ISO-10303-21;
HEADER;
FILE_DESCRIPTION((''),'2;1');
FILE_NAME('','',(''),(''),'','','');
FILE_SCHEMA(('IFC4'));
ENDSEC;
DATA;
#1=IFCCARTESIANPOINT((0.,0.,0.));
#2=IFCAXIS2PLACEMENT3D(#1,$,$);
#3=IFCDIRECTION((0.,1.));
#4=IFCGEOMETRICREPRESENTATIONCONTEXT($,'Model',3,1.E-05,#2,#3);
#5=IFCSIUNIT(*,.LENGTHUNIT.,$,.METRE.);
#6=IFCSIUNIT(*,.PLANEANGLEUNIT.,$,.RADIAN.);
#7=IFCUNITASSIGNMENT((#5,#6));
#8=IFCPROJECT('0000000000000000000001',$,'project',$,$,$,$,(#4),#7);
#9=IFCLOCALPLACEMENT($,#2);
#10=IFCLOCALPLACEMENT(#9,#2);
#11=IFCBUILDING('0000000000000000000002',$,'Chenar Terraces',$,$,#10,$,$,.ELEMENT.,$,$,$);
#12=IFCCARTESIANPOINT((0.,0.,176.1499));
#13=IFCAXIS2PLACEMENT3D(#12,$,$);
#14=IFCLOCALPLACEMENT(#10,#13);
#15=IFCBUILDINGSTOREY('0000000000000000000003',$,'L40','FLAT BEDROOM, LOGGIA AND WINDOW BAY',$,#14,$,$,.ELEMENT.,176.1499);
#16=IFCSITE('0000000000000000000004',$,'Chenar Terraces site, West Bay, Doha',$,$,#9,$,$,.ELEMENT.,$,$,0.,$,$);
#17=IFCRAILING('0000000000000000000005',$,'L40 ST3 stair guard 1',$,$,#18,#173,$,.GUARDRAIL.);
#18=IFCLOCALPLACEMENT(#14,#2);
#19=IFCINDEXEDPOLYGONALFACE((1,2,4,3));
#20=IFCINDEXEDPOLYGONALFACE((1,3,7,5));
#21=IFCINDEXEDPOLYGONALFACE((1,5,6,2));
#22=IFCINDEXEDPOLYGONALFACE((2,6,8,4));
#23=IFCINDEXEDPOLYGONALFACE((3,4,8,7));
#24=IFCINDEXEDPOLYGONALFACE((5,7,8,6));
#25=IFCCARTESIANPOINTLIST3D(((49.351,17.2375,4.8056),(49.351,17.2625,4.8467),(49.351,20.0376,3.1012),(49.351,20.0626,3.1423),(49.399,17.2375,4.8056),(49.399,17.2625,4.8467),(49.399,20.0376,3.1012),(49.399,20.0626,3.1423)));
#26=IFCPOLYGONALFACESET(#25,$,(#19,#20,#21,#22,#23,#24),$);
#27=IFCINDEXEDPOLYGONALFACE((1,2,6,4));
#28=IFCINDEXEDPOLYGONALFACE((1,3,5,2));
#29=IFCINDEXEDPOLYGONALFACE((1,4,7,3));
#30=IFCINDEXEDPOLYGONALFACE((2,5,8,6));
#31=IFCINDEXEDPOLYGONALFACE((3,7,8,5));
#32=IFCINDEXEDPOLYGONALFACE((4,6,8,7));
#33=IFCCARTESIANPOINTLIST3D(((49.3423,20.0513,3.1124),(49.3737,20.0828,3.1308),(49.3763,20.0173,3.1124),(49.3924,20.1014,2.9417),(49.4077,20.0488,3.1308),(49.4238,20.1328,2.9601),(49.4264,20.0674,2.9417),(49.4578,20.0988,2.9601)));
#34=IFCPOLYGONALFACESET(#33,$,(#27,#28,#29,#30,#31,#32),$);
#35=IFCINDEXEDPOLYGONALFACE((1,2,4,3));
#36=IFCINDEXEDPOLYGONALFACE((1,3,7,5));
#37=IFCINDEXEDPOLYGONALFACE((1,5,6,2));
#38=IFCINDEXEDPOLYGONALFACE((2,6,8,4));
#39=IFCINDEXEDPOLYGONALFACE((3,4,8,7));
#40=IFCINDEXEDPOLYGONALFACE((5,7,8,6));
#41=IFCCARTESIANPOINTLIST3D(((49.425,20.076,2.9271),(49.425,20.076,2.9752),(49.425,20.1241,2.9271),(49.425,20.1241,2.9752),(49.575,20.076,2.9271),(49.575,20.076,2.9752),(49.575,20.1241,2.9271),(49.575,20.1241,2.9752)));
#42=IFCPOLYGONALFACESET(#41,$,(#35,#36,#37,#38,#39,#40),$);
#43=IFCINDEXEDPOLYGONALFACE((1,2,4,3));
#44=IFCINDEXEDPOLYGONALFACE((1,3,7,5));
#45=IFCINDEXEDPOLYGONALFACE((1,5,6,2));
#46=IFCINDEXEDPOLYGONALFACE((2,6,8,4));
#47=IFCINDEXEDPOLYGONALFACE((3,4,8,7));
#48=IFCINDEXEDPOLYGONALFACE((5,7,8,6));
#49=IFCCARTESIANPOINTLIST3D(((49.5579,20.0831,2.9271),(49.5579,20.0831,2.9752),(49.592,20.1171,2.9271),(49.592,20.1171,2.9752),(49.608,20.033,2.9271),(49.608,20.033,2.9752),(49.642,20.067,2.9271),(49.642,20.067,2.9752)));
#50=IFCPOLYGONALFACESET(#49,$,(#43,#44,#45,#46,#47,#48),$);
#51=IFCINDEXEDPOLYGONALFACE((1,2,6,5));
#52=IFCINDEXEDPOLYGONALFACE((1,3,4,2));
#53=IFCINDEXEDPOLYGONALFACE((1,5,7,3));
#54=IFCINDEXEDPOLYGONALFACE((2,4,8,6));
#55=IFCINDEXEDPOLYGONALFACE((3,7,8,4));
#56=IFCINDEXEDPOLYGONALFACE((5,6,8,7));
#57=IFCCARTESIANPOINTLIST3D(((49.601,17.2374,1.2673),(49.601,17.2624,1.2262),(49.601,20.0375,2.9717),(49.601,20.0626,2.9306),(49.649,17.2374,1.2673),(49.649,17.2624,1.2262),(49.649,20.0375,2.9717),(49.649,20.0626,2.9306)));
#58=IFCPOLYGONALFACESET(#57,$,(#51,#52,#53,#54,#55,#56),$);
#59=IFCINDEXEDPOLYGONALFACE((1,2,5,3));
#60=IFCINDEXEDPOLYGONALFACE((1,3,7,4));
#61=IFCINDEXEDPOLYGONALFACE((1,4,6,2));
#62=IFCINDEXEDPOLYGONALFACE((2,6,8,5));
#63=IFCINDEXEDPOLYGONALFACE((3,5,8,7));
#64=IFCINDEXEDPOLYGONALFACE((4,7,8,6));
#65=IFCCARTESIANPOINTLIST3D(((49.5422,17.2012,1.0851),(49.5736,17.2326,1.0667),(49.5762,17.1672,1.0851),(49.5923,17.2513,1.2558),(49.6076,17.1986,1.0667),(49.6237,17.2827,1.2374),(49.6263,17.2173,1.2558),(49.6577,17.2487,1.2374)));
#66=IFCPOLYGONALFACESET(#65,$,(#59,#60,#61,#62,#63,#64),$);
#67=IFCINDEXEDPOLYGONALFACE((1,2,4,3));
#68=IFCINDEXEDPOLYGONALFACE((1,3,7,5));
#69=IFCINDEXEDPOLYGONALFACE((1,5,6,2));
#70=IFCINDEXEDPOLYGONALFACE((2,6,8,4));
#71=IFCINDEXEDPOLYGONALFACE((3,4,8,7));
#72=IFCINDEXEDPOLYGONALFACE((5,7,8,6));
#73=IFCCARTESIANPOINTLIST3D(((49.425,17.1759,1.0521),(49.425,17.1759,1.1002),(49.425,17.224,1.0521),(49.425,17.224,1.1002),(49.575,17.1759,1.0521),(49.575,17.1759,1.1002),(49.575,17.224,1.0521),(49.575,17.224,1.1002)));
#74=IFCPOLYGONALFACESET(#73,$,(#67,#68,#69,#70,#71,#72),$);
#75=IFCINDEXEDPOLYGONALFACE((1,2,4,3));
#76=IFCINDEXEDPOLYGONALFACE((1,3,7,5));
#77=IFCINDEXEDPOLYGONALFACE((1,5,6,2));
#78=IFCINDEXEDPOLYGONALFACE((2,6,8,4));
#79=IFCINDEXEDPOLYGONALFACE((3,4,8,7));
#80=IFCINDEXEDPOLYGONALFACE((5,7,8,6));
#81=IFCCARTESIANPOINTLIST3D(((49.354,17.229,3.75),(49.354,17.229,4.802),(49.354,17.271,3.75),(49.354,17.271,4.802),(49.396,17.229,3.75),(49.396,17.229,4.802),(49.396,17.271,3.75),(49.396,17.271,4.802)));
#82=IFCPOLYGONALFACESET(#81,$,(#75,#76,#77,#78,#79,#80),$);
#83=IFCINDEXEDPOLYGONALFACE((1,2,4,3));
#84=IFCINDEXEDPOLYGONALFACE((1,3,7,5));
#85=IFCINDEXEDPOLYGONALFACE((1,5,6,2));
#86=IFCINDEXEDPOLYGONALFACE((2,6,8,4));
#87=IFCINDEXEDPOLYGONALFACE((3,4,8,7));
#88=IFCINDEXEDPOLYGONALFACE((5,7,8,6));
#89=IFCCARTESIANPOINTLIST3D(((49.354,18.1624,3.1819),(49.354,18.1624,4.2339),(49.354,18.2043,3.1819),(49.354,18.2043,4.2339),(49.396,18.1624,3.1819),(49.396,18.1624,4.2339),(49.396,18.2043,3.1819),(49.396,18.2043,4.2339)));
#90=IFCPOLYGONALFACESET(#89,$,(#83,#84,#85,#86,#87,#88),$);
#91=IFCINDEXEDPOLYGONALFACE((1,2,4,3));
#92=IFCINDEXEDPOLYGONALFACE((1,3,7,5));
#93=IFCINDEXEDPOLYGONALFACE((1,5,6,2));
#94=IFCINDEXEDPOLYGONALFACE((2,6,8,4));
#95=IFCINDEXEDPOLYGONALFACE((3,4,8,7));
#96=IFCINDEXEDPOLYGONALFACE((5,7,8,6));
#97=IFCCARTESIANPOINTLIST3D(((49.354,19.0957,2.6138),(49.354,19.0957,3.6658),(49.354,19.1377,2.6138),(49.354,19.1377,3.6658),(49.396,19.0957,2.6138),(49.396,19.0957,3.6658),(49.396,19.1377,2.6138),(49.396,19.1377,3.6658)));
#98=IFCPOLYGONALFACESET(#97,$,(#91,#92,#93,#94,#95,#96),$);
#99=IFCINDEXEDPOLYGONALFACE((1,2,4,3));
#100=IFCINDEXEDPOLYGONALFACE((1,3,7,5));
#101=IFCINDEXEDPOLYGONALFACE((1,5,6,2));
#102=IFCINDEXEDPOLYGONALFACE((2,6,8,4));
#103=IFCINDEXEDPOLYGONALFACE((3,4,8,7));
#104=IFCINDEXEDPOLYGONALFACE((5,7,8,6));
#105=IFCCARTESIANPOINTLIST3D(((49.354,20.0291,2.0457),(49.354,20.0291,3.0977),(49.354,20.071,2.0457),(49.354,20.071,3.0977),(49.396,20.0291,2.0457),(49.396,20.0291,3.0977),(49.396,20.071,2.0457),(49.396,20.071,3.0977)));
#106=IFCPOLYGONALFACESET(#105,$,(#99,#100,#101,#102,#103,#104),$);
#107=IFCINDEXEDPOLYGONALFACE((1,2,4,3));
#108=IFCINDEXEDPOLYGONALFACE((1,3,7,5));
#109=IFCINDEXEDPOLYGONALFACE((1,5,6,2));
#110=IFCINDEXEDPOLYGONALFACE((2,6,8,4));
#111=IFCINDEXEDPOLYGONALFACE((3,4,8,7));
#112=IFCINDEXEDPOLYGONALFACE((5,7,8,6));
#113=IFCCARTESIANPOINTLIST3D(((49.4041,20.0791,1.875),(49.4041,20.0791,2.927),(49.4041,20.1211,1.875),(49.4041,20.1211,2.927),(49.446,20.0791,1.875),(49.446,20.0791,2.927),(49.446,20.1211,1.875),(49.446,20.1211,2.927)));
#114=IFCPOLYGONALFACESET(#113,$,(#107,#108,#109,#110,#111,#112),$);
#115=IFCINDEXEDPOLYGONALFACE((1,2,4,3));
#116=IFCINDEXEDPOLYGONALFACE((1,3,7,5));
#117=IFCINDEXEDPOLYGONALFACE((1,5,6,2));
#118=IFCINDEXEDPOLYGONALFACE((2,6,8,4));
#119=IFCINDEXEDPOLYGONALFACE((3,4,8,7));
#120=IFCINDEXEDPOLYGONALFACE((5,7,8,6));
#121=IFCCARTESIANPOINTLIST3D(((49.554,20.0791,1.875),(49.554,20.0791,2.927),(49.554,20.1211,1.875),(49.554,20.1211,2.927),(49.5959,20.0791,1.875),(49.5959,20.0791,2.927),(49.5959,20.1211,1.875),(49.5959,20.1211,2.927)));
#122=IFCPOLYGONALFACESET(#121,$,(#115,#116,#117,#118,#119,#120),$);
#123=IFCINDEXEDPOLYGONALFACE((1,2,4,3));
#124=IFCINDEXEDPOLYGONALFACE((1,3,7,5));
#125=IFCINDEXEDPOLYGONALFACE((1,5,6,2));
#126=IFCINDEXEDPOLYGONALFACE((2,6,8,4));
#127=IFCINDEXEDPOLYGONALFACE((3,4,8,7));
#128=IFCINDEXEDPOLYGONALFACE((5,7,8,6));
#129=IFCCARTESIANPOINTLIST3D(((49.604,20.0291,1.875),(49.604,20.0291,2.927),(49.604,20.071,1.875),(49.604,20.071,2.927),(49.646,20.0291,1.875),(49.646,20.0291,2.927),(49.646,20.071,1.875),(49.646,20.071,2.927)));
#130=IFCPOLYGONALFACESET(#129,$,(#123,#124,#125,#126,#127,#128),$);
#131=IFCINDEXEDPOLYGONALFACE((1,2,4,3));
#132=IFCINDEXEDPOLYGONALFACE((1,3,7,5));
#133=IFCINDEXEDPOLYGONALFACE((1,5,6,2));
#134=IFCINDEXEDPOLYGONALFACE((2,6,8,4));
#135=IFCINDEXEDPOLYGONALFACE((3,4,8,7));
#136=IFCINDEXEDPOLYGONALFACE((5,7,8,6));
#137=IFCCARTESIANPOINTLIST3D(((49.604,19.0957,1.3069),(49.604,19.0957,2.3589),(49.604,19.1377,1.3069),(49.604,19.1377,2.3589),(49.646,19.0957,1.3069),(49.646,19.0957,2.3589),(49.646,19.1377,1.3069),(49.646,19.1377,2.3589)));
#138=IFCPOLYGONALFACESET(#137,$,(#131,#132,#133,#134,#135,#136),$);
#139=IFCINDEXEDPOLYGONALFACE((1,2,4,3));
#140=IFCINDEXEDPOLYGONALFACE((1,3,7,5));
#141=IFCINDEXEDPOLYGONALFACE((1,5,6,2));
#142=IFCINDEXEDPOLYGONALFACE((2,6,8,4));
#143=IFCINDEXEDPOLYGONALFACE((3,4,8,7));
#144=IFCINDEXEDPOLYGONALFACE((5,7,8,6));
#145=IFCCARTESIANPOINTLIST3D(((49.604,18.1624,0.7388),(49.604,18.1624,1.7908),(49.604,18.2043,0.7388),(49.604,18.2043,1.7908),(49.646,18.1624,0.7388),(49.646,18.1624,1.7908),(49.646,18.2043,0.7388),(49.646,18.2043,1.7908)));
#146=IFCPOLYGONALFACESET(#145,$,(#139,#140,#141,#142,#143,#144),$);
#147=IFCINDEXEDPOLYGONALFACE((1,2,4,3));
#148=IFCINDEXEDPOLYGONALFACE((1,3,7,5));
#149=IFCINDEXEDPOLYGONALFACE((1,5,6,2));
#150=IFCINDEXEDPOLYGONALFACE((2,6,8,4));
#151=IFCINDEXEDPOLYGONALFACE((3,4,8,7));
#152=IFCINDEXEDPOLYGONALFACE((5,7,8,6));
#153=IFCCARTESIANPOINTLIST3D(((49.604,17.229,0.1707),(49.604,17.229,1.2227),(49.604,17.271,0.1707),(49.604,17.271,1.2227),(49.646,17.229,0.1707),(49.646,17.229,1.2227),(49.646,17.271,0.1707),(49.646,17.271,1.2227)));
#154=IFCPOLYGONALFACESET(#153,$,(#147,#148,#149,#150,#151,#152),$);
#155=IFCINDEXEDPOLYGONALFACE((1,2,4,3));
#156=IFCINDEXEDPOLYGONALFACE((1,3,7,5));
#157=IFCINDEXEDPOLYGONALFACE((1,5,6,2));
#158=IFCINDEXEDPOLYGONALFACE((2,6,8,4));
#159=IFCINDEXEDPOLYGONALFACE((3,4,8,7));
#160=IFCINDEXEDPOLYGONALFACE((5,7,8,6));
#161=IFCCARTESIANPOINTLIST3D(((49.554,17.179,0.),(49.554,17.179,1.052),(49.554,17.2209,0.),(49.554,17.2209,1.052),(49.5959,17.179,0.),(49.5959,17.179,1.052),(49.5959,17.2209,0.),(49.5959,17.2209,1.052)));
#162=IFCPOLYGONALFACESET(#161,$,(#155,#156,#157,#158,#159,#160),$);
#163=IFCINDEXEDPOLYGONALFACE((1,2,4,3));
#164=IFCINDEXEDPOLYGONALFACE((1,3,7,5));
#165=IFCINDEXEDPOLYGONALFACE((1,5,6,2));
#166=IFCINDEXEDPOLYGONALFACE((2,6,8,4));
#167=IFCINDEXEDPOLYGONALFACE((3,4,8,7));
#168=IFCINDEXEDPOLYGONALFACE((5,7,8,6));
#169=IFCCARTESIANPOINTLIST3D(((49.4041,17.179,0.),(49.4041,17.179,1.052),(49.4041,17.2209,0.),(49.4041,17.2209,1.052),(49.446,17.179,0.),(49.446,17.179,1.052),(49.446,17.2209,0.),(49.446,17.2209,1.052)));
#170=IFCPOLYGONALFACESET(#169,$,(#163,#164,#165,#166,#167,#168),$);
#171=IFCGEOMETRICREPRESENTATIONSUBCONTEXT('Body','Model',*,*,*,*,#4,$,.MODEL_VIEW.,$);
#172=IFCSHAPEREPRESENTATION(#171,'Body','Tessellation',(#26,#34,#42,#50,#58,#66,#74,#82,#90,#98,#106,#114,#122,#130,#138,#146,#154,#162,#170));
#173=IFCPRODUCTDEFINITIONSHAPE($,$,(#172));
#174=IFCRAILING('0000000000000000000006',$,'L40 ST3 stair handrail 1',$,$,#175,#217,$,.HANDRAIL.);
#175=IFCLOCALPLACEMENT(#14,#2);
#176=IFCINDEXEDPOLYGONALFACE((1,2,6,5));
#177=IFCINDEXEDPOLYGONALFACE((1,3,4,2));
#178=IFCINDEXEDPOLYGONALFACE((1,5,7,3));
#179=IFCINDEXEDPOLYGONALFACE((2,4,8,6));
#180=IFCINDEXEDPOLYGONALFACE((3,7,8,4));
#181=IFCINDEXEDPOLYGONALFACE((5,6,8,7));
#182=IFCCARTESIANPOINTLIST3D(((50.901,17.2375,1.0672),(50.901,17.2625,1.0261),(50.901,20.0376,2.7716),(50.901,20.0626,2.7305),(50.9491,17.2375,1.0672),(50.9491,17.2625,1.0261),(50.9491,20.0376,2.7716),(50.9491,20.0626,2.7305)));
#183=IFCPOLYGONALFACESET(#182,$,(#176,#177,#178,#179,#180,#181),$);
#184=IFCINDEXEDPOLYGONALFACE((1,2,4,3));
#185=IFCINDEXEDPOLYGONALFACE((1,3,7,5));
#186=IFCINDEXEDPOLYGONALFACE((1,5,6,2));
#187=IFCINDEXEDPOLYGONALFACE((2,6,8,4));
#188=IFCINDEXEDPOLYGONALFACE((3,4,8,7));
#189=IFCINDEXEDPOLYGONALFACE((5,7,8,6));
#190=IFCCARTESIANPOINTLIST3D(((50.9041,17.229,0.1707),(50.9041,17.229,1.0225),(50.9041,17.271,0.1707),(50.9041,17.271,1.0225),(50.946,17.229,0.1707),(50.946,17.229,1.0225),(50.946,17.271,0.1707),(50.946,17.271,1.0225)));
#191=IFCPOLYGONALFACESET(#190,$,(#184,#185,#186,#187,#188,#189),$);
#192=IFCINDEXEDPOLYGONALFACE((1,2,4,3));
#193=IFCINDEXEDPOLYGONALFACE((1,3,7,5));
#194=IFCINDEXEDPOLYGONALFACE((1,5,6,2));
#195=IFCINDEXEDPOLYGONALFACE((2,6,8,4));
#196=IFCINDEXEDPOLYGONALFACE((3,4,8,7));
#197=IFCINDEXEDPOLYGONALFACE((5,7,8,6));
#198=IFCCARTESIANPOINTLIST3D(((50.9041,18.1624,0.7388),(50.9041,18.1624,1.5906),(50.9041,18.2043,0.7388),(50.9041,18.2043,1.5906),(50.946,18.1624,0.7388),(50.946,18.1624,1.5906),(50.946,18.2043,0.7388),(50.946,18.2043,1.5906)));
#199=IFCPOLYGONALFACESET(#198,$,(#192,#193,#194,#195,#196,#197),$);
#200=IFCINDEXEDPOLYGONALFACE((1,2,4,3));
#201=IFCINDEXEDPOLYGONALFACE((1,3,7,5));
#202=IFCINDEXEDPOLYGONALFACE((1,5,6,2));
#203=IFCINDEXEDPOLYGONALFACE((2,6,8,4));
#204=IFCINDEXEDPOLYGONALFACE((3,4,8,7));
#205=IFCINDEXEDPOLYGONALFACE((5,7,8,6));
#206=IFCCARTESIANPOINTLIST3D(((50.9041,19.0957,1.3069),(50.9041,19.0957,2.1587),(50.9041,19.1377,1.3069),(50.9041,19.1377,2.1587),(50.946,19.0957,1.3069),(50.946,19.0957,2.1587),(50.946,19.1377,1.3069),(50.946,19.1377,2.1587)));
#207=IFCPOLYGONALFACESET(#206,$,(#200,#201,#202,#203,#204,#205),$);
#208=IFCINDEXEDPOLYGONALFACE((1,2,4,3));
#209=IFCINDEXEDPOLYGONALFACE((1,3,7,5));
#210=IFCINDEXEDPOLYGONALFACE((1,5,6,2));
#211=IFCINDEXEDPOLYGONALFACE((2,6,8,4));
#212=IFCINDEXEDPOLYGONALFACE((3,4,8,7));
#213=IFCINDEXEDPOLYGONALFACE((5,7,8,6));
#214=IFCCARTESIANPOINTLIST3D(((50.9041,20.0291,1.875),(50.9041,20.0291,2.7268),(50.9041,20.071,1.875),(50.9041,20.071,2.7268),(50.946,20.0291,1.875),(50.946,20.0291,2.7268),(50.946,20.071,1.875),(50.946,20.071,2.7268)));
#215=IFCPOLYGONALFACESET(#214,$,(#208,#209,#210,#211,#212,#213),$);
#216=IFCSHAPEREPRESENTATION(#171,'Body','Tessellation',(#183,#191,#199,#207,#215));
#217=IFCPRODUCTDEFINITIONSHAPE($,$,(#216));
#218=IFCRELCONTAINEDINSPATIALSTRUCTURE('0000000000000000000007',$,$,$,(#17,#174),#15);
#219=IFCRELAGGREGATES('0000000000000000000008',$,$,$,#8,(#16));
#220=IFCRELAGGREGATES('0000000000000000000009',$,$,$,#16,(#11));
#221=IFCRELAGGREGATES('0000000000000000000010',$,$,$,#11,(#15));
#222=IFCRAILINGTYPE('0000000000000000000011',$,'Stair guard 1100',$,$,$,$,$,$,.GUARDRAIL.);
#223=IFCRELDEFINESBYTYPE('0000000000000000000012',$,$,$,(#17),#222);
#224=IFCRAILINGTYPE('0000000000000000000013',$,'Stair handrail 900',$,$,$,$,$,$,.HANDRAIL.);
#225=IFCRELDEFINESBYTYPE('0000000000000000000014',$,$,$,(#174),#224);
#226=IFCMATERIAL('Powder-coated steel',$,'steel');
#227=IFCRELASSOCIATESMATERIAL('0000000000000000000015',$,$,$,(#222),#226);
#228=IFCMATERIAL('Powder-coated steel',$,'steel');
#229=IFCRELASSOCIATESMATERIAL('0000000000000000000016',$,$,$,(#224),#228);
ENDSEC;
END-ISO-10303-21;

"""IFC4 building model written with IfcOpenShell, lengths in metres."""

from ifc_helpers import new_model, si_unit, direction, frame, origin, origin_2d, place, context, subcontext, project, spatial, rectangle, extrude, material, type_object, element, save


model = new_model("IFC4")

# Units and contexts
model_context = context("Model", 3, precision=1e-05, world=origin(), true_north=direction((0.0, 1.0)))
body_context = subcontext(model_context, "Body", "Model", "MODEL_VIEW")
ifc_project = project(units=[si_unit("LENGTHUNIT", "METRE"), si_unit("PLANEANGLEUNIT", "RADIAN")], contexts=[model_context])

# Site, building, storey
site_placement = place(None, origin())
site = spatial("IfcSite", under=ifc_project, at=site_placement, Name="Chenar Terraces site, West Bay, Doha", CompositionType="ELEMENT", RefElevation=0.0)
building_placement = place(site_placement, origin())
building = spatial("IfcBuilding", under=site, at=building_placement, Name="Chenar Terraces", CompositionType="ELEMENT")
storey_placement = place(building_placement, frame((0.0, 0.0, 176.1499)))
storey = spatial("IfcBuildingStorey", under=building, at=storey_placement, Name="L40", Description="FLAT BEDROOM, LOGGIA AND WINDOW BAY", CompositionType="ELEMENT", Elevation=176.1499)

# Railings
ifc_material_1 = material(Name="Powder-coated steel", Category="steel")
railing_type_1 = type_object("IfcRailingType", Name="Stair guard 1100", PredefinedType="GUARDRAIL", material=ifc_material_1)
railing_1_placement = place(storey_placement, frame((49.375, 17.25, 3.75)))
element("IfcRailing", 1, at=railing_1_placement, inside=storey, type_object=railing_type_1, Name="L40 ST3 stair guard 1", PredefinedType="GUARDRAIL", context=body_context, shape_type="SweptSolid", body=[
    extrude(rectangle(XDim=0.0481, YDim=0.0481, at=origin_2d()), frame((0.0, 0.0, 1.0762), z_axis=(0.0, 0.854203, -0.51994), x_axis=(-1.0, 0.0, 0.0)), (0.0, 0.0, 1.0), 3.2781),
    extrude(rectangle(XDim=0.0481, YDim=0.0481, at=origin_2d()), frame((0.0, 2.8, -0.6284), z_axis=(0.2709, 0.2709, -0.923703), x_axis=(-0.707107, 0.707107, 0.0)), (0.0, 0.0, 1.0), 0.1848),
    extrude(rectangle(XDim=0.0481, YDim=0.0481, at=origin_2d()), frame((0.05, 2.8501, -0.7988), z_axis=(1.0, 0.0, 0.0), x_axis=(0.0, 1.0, 0.0)), (0.0, 0.0, 1.0), 0.1499),
    extrude(rectangle(XDim=0.0481, YDim=0.0481, at=origin_2d()), frame((0.2, 2.8501, -0.7988), z_axis=(0.707107, -0.707107, 0.0), x_axis=(0.707107, 0.707107, 0.0)), (0.0, 0.0, 1.0), 0.0708),
    extrude(rectangle(XDim=0.0481, YDim=0.0481, at=origin_2d()), frame((0.25, 2.8, -0.7988), z_axis=(0.0, -0.854203, -0.51994), x_axis=(1.0, 0.0, 0.0)), (0.0, 0.0, 1.0), 3.2781),
    extrude(rectangle(XDim=0.0481, YDim=0.0481, at=origin_2d()), frame((0.25, 0.0, -2.5034), z_axis=(-0.2709, -0.2709, -0.923703), x_axis=(0.707107, -0.707107, 0.0)), (0.0, 0.0, 1.0), 0.1848),
    extrude(rectangle(XDim=0.0481, YDim=0.0481, at=origin_2d()), frame((0.2, -0.05, -2.6738), z_axis=(-1.0, 0.0, 0.0), x_axis=(0.0, -1.0, 0.0)), (0.0, 0.0, 1.0), 0.1499),
    extrude(rectangle(XDim=0.042, YDim=0.042, at=origin_2d()), origin(), (0.0, 0.0, 1.0), 1.052),
    extrude(rectangle(XDim=0.042, YDim=0.042, at=origin_2d()), frame((0.0, 0.9333, -0.5681)), (0.0, 0.0, 1.0), 1.052),
    extrude(rectangle(XDim=0.042, YDim=0.042, at=origin_2d()), frame((0.0, 1.8667, -1.1362)), (0.0, 0.0, 1.0), 1.052),
    extrude(rectangle(XDim=0.042, YDim=0.042, at=origin_2d()), frame((0.0, 2.8, -1.7043)), (0.0, 0.0, 1.0), 1.052),
    extrude(rectangle(XDim=0.042, YDim=0.042, at=origin_2d()), frame((0.05, 2.8501, -1.875)), (0.0, 0.0, 1.0), 1.052),
    extrude(rectangle(XDim=0.042, YDim=0.042, at=origin_2d()), frame((0.2, 2.8501, -1.875)), (0.0, 0.0, 1.0), 1.052),
    extrude(rectangle(XDim=0.042, YDim=0.042, at=origin_2d()), frame((0.25, 2.8, -1.875)), (0.0, 0.0, 1.0), 1.052),
    extrude(rectangle(XDim=0.042, YDim=0.042, at=origin_2d()), frame((0.25, 1.8667, -2.4431)), (0.0, 0.0, 1.0), 1.052),
    extrude(rectangle(XDim=0.042, YDim=0.042, at=origin_2d()), frame((0.25, 0.9333, -3.0112)), (0.0, 0.0, 1.0), 1.052),
    extrude(rectangle(XDim=0.042, YDim=0.042, at=origin_2d()), frame((0.25, 0.0, -3.5793)), (0.0, 0.0, 1.0), 1.052),
    extrude(rectangle(XDim=0.042, YDim=0.042, at=origin_2d()), frame((0.2, -0.05, -3.75)), (0.0, 0.0, 1.0), 1.052),
    extrude(rectangle(XDim=0.042, YDim=0.042, at=origin_2d()), frame((0.05, -0.05, -3.75)), (0.0, 0.0, 1.0), 1.052),
])
ifc_material_2 = material(Name="Powder-coated steel", Category="steel")
railing_type_2 = type_object("IfcRailingType", Name="Stair handrail 900", PredefinedType="HANDRAIL", material=ifc_material_2)
railing_2_placement = place(storey_placement, frame((50.925, 17.25, 0.1707)))
element("IfcRailing", 2, at=railing_2_placement, inside=storey, type_object=railing_type_2, Name="L40 ST3 stair handrail 1", PredefinedType="HANDRAIL", context=body_context, shape_type="SweptSolid", body=[
    extrude(rectangle(XDim=0.0481, YDim=0.0481, at=origin_2d()), frame((0.0, 0.0, 0.876), z_axis=(0.0, 0.854203, 0.51994), x_axis=(-1.0, 0.0, 0.0)), (0.0, 0.0, 1.0), 3.2781),
    extrude(rectangle(XDim=0.042, YDim=0.042, at=origin_2d()), origin(), (0.0, 0.0, 1.0), 0.8518),
    extrude(rectangle(XDim=0.042, YDim=0.042, at=origin_2d()), frame((0.0, 0.9333, 0.5681)), (0.0, 0.0, 1.0), 0.8518),
    extrude(rectangle(XDim=0.042, YDim=0.042, at=origin_2d()), frame((0.0, 1.8667, 1.1362)), (0.0, 0.0, 1.0), 0.8518),
    extrude(rectangle(XDim=0.042, YDim=0.042, at=origin_2d()), frame((0.0, 2.8, 1.7043)), (0.0, 0.0, 1.0), 0.8518),
])

save(model, "model.ifc")
